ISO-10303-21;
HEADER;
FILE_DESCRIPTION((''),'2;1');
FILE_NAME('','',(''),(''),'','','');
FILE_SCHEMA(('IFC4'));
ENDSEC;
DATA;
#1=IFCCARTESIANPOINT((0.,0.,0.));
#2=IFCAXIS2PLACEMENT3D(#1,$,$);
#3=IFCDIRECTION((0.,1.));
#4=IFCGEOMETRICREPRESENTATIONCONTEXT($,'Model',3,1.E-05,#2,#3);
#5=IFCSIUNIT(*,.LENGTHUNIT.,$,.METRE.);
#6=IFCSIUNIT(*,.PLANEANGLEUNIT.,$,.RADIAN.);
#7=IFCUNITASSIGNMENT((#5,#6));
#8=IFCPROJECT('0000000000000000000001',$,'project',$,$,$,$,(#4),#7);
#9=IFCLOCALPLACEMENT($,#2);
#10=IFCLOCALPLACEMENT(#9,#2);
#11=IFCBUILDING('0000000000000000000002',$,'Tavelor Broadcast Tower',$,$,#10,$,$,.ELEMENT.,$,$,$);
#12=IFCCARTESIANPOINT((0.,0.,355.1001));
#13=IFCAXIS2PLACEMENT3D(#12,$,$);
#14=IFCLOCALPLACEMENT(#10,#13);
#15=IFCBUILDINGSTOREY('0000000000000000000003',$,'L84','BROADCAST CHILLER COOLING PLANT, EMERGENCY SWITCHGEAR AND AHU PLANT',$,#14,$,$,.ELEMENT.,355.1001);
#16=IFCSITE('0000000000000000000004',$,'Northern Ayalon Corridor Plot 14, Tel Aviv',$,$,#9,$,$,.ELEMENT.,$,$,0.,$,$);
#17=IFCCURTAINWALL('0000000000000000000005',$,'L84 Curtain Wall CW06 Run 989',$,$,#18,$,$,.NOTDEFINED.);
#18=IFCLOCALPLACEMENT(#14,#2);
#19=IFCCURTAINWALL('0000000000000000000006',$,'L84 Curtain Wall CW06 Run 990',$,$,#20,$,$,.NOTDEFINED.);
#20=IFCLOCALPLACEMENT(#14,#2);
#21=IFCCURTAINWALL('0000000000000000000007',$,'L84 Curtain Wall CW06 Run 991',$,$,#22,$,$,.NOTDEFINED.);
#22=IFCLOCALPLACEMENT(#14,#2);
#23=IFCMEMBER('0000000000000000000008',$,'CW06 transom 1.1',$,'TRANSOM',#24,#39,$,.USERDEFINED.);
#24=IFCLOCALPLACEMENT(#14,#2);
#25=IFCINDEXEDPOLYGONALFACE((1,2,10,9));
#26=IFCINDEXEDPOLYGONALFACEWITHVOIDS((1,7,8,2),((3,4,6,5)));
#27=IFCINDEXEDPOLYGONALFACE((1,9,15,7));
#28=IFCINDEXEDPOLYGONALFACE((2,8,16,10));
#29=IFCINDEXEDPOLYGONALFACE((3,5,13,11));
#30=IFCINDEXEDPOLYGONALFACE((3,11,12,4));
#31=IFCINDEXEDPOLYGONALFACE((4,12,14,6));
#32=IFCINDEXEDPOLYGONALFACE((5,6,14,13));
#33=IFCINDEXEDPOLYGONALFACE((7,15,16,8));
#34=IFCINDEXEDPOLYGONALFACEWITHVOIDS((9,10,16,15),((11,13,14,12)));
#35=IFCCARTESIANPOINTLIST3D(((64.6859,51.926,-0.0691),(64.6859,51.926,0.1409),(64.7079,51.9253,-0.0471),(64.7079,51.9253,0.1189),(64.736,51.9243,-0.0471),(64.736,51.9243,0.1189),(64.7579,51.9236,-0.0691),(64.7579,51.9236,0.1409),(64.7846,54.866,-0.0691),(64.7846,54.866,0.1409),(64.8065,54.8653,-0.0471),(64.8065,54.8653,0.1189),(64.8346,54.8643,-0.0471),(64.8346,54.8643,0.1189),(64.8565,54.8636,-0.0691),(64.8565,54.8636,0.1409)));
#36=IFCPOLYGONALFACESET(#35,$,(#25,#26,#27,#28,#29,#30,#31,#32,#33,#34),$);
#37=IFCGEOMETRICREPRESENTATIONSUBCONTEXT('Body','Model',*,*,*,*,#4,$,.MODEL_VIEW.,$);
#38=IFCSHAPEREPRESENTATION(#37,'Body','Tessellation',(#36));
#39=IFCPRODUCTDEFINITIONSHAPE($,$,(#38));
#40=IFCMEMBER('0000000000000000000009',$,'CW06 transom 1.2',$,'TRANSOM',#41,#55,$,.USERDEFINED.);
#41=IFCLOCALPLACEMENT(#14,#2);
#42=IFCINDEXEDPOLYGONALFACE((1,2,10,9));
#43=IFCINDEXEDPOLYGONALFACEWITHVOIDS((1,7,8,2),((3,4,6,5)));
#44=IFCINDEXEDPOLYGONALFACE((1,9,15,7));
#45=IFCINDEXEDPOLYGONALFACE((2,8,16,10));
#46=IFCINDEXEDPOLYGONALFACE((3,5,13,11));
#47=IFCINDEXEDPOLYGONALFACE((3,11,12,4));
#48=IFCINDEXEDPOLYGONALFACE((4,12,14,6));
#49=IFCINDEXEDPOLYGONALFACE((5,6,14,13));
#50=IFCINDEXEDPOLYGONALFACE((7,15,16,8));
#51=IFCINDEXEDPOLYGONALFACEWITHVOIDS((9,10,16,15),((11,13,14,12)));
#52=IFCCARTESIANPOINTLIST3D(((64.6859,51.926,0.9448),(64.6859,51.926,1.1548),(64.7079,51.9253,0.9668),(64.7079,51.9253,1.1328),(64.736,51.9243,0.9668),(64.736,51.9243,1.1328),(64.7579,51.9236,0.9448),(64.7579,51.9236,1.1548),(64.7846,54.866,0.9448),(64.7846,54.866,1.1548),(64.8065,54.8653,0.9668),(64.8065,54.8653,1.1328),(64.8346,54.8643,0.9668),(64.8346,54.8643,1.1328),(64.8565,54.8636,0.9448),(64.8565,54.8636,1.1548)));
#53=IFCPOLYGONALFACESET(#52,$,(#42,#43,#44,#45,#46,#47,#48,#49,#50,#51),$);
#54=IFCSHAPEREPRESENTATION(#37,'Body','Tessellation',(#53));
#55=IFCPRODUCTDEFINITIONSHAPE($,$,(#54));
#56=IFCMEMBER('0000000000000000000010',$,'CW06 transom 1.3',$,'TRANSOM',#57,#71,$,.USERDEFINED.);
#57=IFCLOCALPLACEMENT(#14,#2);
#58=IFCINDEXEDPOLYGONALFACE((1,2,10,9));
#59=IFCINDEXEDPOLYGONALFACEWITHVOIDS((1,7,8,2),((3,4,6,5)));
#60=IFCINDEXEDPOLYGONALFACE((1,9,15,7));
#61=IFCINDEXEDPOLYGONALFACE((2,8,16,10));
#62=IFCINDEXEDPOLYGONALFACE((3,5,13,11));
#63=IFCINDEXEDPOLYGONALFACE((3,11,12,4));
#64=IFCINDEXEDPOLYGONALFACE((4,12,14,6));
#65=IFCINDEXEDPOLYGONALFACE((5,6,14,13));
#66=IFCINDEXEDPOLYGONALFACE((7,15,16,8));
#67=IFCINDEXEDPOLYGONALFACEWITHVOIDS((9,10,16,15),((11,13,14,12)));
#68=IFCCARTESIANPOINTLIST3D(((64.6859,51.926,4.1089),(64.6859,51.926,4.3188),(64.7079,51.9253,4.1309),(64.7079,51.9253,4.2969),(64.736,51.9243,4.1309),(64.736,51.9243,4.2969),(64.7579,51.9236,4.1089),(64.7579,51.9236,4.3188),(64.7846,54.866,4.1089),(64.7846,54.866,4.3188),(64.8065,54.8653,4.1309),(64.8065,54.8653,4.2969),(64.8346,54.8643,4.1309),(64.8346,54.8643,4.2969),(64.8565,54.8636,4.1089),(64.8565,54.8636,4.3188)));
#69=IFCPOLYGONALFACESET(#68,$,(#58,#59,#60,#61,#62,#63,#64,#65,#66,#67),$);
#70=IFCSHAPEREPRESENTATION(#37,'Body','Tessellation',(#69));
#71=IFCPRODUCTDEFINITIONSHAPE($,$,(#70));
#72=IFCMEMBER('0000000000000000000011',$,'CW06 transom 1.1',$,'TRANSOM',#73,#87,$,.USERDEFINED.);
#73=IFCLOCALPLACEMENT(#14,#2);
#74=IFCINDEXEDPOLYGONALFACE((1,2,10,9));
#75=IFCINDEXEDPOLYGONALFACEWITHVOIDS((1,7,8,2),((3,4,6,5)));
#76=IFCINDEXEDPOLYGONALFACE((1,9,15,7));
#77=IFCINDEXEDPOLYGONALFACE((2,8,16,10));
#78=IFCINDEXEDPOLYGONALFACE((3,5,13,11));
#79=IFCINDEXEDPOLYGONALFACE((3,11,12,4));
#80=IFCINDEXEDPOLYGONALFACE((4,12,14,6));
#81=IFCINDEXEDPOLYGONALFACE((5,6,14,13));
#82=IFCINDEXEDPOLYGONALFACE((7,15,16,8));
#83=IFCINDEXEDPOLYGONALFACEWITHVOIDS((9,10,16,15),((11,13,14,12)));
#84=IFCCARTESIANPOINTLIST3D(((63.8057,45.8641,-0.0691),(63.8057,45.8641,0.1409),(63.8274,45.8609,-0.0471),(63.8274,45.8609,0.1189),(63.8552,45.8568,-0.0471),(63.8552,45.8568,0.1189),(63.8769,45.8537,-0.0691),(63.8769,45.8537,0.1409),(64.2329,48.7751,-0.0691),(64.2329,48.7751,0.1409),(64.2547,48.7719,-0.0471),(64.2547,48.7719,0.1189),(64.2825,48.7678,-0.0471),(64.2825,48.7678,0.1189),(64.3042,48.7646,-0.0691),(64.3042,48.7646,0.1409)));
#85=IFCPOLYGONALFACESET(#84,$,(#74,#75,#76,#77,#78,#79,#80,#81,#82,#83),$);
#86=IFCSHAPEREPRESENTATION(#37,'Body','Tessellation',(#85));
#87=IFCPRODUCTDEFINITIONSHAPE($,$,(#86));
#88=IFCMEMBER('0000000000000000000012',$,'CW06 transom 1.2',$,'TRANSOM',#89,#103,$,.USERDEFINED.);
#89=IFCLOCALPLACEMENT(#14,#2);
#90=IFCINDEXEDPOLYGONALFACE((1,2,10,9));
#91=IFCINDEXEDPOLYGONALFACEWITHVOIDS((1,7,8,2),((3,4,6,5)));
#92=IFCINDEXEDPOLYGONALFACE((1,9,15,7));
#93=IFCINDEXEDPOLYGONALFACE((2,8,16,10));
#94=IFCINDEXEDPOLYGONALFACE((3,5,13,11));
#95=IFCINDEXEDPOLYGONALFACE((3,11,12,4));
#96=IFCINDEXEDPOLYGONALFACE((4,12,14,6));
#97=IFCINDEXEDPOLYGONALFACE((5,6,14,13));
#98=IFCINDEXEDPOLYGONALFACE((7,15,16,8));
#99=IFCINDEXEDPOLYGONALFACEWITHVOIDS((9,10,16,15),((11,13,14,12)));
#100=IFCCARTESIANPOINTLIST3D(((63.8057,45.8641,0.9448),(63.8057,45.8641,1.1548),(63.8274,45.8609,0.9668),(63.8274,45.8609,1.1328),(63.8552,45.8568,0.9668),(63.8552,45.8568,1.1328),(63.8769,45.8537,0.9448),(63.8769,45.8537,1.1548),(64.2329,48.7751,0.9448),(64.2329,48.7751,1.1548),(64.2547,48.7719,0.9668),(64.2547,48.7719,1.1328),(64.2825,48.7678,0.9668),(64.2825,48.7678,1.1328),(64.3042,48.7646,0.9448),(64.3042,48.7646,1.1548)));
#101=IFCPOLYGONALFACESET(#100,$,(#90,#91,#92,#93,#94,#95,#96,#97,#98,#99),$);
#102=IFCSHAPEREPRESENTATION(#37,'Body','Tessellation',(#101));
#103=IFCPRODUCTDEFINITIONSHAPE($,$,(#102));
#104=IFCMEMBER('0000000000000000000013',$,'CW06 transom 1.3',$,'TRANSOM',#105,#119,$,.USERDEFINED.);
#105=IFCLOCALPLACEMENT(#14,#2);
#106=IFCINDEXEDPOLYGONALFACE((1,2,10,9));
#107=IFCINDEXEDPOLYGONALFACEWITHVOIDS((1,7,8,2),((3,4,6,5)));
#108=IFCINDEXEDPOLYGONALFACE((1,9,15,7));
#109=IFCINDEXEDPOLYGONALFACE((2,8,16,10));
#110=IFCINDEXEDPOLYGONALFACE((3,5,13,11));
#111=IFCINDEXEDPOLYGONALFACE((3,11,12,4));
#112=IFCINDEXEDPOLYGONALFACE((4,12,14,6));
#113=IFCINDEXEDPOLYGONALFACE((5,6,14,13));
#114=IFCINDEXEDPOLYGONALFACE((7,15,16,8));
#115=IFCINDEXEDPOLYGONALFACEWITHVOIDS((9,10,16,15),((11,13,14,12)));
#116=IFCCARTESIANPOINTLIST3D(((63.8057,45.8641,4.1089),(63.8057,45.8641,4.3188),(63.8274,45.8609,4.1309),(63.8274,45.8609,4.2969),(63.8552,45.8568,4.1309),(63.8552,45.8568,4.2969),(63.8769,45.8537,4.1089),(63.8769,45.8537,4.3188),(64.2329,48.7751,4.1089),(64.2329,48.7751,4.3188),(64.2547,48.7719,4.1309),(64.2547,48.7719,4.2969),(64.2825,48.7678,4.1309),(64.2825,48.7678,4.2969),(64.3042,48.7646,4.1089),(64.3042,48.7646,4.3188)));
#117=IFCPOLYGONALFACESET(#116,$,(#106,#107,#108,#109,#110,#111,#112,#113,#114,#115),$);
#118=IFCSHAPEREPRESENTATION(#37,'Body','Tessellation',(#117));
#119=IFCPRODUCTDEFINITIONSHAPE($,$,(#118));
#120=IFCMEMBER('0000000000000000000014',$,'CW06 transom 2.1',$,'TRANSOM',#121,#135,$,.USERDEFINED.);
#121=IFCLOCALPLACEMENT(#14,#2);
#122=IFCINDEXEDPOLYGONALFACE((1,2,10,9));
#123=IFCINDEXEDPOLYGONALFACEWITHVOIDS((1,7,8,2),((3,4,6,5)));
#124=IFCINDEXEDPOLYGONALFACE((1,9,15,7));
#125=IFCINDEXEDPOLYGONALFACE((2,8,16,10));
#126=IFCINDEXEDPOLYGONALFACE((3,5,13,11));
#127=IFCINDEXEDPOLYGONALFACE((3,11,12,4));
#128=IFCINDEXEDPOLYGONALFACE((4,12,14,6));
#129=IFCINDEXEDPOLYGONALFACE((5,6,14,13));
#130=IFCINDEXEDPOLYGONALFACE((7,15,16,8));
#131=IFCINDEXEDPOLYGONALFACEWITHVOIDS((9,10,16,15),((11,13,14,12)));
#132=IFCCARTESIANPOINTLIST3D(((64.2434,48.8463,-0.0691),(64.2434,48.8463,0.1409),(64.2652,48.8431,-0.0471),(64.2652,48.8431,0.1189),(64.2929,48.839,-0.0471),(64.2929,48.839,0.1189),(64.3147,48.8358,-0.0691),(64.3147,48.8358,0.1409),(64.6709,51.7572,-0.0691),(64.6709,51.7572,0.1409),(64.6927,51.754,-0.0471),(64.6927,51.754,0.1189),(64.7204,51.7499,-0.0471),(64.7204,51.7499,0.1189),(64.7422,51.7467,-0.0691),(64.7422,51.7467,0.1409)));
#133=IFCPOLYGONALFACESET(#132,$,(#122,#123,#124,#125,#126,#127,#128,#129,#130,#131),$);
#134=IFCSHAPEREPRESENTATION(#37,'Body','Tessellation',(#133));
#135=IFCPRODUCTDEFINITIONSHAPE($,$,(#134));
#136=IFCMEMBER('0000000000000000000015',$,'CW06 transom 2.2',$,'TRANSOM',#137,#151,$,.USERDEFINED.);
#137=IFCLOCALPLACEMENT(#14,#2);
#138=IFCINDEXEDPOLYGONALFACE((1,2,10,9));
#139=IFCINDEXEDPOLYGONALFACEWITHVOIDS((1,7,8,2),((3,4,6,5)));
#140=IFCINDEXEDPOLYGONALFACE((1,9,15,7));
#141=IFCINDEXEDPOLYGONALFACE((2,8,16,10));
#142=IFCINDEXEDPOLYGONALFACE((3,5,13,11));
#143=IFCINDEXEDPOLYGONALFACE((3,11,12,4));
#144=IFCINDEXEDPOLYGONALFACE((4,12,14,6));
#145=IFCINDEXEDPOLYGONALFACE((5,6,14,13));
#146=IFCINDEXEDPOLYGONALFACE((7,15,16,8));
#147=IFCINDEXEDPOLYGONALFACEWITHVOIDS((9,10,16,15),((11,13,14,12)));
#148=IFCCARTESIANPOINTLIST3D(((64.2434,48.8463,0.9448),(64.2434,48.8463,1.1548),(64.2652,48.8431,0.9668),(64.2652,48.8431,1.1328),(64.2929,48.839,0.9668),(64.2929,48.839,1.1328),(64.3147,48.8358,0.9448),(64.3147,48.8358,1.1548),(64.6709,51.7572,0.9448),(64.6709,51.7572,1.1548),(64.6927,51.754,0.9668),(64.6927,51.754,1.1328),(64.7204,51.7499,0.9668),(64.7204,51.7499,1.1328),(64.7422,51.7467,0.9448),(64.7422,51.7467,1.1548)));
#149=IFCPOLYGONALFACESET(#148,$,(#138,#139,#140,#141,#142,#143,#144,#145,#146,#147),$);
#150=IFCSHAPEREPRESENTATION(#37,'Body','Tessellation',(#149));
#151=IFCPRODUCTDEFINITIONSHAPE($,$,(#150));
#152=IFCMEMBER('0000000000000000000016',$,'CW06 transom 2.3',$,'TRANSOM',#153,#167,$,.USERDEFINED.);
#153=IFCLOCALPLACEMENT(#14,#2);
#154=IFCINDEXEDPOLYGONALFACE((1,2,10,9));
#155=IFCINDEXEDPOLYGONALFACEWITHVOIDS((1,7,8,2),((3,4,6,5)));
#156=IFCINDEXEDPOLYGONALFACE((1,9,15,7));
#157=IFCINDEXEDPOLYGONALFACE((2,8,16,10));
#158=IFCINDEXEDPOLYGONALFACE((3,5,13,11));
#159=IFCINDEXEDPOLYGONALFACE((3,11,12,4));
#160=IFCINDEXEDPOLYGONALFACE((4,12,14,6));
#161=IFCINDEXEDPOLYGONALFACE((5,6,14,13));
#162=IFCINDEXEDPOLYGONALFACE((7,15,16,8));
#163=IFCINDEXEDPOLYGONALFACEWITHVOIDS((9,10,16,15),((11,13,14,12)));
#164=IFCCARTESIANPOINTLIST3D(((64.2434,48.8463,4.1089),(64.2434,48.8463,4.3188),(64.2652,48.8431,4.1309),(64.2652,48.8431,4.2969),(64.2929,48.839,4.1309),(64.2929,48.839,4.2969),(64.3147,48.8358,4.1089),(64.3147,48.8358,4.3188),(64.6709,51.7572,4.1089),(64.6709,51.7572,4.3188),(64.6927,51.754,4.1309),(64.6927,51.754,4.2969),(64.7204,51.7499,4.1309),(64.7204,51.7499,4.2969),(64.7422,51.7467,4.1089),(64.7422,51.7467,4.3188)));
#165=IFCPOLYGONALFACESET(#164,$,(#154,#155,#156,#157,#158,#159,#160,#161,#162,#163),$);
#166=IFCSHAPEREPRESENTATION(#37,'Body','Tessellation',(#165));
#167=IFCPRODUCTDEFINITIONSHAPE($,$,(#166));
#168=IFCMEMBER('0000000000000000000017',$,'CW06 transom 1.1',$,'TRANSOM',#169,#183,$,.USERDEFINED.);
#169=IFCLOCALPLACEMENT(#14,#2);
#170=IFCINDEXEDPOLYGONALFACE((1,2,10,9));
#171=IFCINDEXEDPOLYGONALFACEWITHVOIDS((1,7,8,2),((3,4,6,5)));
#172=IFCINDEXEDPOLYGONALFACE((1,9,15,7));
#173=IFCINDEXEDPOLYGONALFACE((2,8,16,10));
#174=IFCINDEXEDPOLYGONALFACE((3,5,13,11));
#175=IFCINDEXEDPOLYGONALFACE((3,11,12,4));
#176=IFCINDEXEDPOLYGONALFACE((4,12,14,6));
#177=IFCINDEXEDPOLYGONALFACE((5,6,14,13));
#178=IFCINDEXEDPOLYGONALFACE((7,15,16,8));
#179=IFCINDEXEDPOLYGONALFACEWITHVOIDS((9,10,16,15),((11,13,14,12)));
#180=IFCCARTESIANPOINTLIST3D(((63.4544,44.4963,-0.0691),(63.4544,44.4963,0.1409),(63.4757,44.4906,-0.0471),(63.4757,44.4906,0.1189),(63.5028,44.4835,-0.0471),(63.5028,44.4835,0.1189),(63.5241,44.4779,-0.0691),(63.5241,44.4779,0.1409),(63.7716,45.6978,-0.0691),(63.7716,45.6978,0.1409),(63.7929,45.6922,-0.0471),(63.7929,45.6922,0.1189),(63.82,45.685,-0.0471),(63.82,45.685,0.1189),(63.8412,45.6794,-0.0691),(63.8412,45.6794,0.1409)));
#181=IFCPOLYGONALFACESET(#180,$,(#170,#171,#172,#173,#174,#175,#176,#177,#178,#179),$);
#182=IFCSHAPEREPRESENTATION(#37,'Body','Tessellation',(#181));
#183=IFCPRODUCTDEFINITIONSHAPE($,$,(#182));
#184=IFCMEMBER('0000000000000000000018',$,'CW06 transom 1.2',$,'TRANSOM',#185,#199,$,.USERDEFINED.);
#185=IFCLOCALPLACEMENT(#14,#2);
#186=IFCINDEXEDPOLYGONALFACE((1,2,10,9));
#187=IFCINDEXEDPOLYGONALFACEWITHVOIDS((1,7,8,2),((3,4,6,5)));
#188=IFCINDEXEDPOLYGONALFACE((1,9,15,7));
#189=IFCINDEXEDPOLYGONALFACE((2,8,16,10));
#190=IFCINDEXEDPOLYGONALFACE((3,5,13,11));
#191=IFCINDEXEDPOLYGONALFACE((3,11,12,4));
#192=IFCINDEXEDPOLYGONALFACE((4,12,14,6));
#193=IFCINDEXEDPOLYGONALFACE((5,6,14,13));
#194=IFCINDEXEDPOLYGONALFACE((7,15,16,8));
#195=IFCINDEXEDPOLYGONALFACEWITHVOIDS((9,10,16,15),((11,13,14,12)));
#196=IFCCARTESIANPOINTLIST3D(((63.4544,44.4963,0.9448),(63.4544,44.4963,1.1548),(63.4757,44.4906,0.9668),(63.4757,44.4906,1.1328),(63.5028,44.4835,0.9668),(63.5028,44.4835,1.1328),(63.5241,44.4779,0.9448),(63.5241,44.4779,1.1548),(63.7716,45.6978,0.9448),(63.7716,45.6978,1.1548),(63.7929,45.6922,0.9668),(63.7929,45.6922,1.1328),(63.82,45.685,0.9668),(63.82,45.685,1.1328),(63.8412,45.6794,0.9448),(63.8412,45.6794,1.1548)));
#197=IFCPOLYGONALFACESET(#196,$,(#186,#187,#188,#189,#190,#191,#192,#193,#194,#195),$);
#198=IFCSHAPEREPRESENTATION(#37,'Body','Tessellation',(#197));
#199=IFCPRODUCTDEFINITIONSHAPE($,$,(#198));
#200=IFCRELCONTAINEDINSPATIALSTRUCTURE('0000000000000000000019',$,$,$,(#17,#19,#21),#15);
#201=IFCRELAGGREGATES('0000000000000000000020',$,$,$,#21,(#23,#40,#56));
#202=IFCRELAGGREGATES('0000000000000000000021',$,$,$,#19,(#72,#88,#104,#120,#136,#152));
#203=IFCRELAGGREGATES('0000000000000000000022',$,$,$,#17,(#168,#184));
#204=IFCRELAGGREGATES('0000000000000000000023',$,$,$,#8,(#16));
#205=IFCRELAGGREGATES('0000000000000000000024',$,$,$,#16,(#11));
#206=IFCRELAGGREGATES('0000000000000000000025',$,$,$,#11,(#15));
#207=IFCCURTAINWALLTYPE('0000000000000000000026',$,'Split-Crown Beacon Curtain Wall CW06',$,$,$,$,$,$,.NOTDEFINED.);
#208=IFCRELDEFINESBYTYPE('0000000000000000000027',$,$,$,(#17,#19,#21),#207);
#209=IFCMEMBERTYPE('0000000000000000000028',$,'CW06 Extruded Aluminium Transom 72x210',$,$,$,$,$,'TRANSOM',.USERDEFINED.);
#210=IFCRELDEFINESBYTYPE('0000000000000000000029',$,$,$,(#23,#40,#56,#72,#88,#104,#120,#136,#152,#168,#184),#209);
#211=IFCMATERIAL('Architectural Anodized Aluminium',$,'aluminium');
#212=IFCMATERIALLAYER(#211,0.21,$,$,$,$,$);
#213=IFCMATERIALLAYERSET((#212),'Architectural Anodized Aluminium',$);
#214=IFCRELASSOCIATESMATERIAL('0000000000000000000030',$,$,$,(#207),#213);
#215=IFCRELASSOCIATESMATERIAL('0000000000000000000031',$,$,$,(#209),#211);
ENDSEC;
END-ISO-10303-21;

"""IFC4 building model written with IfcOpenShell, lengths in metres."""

from ifc_helpers import new_model, si_unit, direction, frame, origin, origin_2d, place, context, subcontext, project, spatial, hollow_rectangle, extrude, source, transform, mapped, material, layer, layer_set, material_profile, profile_set, type_object, type_shapes, element, aggregate, save


model = new_model("IFC4")

# Units and contexts
model_context = context("Model", 3, precision=1e-05, world=origin(), true_north=direction((0.0, 1.0)))
body_context = subcontext(model_context, "Body", "Model", "MODEL_VIEW")
ifc_project = project(units=[si_unit("LENGTHUNIT", "METRE"), si_unit("PLANEANGLEUNIT", "RADIAN")], contexts=[model_context])

# Site, building, storey
site_placement = place(None, origin())
site = spatial("IfcSite", under=ifc_project, at=site_placement, Name="Northern Ayalon Corridor Plot 14, Tel Aviv", CompositionType="ELEMENT", RefElevation=0.0)
building_placement = place(site_placement, origin())
building = spatial("IfcBuilding", under=site, at=building_placement, Name="Tavelor Broadcast Tower", CompositionType="ELEMENT")
storey_placement = place(building_placement, frame((0.0, 0.0, 355.1001)))
storey = spatial("IfcBuildingStorey", under=building, at=storey_placement, Name="L84", Description="BROADCAST CHILLER COOLING PLANT, EMERGENCY SWITCHGEAR AND AHU PLANT", CompositionType="ELEMENT", Elevation=355.1001)

# Curtain walls, members
ifc_material_1 = material(Name="Architectural Anodized Aluminium", Category="aluminium")
ifc_layer_1 = layer(ifc_material_1, 0.21)
ifc_layer_set_1 = layer_set([ifc_layer_1], Name="Architectural Anodized Aluminium")
curtain_wall_type = type_object("IfcCurtainWallType", Name="Split-Crown Beacon Curtain Wall CW06", PredefinedType="NOTDEFINED", material=ifc_layer_set_1)
curtain_wall_1_placement = place(storey_placement, origin())
curtain_wall_1 = element("IfcCurtainWall", 1, at=curtain_wall_1_placement, inside=storey, type_object=curtain_wall_type, Name="L84 Curtain Wall CW06 Run 989", PredefinedType="NOTDEFINED")
curtain_wall_2_placement = place(storey_placement, origin())
curtain_wall_2 = element("IfcCurtainWall", 2, at=curtain_wall_2_placement, inside=storey, type_object=curtain_wall_type, Name="L84 Curtain Wall CW06 Run 990", PredefinedType="NOTDEFINED")
curtain_wall_3_placement = place(storey_placement, origin())
curtain_wall_3 = element("IfcCurtainWall", 3, at=curtain_wall_3_placement, inside=storey, type_object=curtain_wall_type, Name="L84 Curtain Wall CW06 Run 991", PredefinedType="NOTDEFINED")
ifc_material_profile_1 = material_profile(ifc_material_1, hollow_rectangle(XDim=0.072, YDim=0.21, WallThickness=0.022, at=origin_2d()), Name="RHS 72x210x22")
ifc_profile_set_1 = profile_set([ifc_material_profile_1], Name="Architectural Anodized Aluminium")
member_type_1 = type_object("IfcMemberType", Name="CW06 Extruded Aluminium Transom 72x210", ElementType="TRANSOM", PredefinedType="USERDEFINED", material=ifc_profile_set_1)
shared_shape_1 = source(origin(), body_context, "Body", "SweptSolid", [
    extrude(hollow_rectangle(XDim=0.072, YDim=0.21, WallThickness=0.022, at=origin_2d()), origin(), (0.0, 0.0, 1.0), 2.9417),
])
member_1_placement = place(storey_placement, frame((64.7219, 51.9248, 0.0359), z_axis=(0.03353, 0.999438, 0.0), x_axis=(-0.999438, 0.03353, 0.0)))
member_1 = element("IfcMember", 4, at=member_1_placement, type_object=member_type_1, Name="CW06 transom 1.1", ObjectType="TRANSOM", PredefinedType="USERDEFINED", context=body_context, shape_type="MappedRepresentation", body=[
    mapped(shared_shape_1, transform((0.0, 0.0, 0.0), scale=1.0)),
])
member_2_placement = place(storey_placement, frame((64.7219, 51.9248, 1.0498), z_axis=(0.03353, 0.999438, 0.0), x_axis=(-0.999438, 0.03353, 0.0)))
member_2 = element("IfcMember", 5, at=member_2_placement, type_object=member_type_1, Name="CW06 transom 1.2", ObjectType="TRANSOM", PredefinedType="USERDEFINED", context=body_context, shape_type="MappedRepresentation", body=[
    mapped(shared_shape_1, transform((0.0, 0.0, 0.0), scale=1.0)),
])
member_3_placement = place(storey_placement, frame((64.7219, 51.9248, 4.2139), z_axis=(0.03353, 0.999438, 0.0), x_axis=(-0.999438, 0.03353, 0.0)))
member_3 = element("IfcMember", 6, at=member_3_placement, type_object=member_type_1, Name="CW06 transom 1.3", ObjectType="TRANSOM", PredefinedType="USERDEFINED", context=body_context, shape_type="MappedRepresentation", body=[
    mapped(shared_shape_1, transform((0.0, 0.0, 0.0), scale=1.0)),
])

# Members
shared_shape_2 = source(origin(), body_context, "Body", "SweptSolid", [
    extrude(hollow_rectangle(XDim=0.072, YDim=0.21, WallThickness=0.022, at=origin_2d()), origin(), (0.0, 0.0, 1.0), 2.9421),
])
member_4_placement = place(storey_placement, frame((63.8413, 45.8589, 0.0359), z_axis=(0.145219, 0.989399, 0.0), x_axis=(-0.989399, 0.145219, 0.0)))
member_4 = element("IfcMember", 7, at=member_4_placement, type_object=member_type_1, Name="CW06 transom 1.1", ObjectType="TRANSOM", PredefinedType="USERDEFINED", context=body_context, shape_type="MappedRepresentation", body=[
    mapped(shared_shape_2, transform((0.0, 0.0, 0.0), scale=1.0)),
])
member_5_placement = place(storey_placement, frame((63.8413, 45.8589, 1.0498), z_axis=(0.145219, 0.989399, 0.0), x_axis=(-0.989399, 0.145219, 0.0)))
member_5 = element("IfcMember", 8, at=member_5_placement, type_object=member_type_1, Name="CW06 transom 1.2", ObjectType="TRANSOM", PredefinedType="USERDEFINED", context=body_context, shape_type="MappedRepresentation", body=[
    mapped(shared_shape_2, transform((0.0, 0.0, 0.0), scale=1.0)),
])
member_6_placement = place(storey_placement, frame((63.8413, 45.8589, 4.2139), z_axis=(0.145219, 0.989399, 0.0), x_axis=(-0.989399, 0.145219, 0.0)))
member_6 = element("IfcMember", 9, at=member_6_placement, type_object=member_type_1, Name="CW06 transom 1.3", ObjectType="TRANSOM", PredefinedType="USERDEFINED", context=body_context, shape_type="MappedRepresentation", body=[
    mapped(shared_shape_2, transform((0.0, 0.0, 0.0), scale=1.0)),
])
member_7_placement = place(storey_placement, frame((64.2791, 48.8411, 0.0359), z_axis=(0.1453, 0.989388, 0.0), x_axis=(-0.989388, 0.1453, 0.0)))
member_7 = element("IfcMember", 10, at=member_7_placement, type_object=member_type_1, Name="CW06 transom 2.1", ObjectType="TRANSOM", PredefinedType="USERDEFINED", context=body_context, shape_type="MappedRepresentation", body=[
    mapped(shared_shape_2, transform((0.0, 0.0, 0.0), scale=1.0)),
])
member_8_placement = place(storey_placement, frame((64.2791, 48.8411, 1.0498), z_axis=(0.1453, 0.989388, 0.0), x_axis=(-0.989388, 0.1453, 0.0)))
member_8 = element("IfcMember", 11, at=member_8_placement, type_object=member_type_1, Name="CW06 transom 2.2", ObjectType="TRANSOM", PredefinedType="USERDEFINED", context=body_context, shape_type="MappedRepresentation", body=[
    mapped(shared_shape_2, transform((0.0, 0.0, 0.0), scale=1.0)),
])
member_9_placement = place(storey_placement, frame((64.2791, 48.8411, 4.2139), z_axis=(0.1453, 0.989388, 0.0), x_axis=(-0.989388, 0.1453, 0.0)))
member_9 = element("IfcMember", 12, at=member_9_placement, type_object=member_type_1, Name="CW06 transom 2.3", ObjectType="TRANSOM", PredefinedType="USERDEFINED", context=body_context, shape_type="MappedRepresentation", body=[
    mapped(shared_shape_2, transform((0.0, 0.0, 0.0), scale=1.0)),
])
shared_shape_3 = source(origin(), body_context, "Body", "SweptSolid", [
    extrude(hollow_rectangle(XDim=0.072, YDim=0.21, WallThickness=0.022, at=origin_2d()), origin(), (0.0, 0.0, 1.0), 1.2427),
])
type_shapes(member_type_1, [shared_shape_1, shared_shape_2, shared_shape_3])
member_10_placement = place(storey_placement, frame((63.4893, 44.4871, 0.0359), z_axis=(0.255228, 0.966881, 0.0), x_axis=(-0.966881, 0.255228, 0.0)))
member_10 = element("IfcMember", 13, at=member_10_placement, type_object=member_type_1, Name="CW06 transom 1.1", ObjectType="TRANSOM", PredefinedType="USERDEFINED", context=body_context, shape_type="MappedRepresentation", body=[
    mapped(shared_shape_3, transform((0.0, 0.0, 0.0), scale=1.0)),
])
member_11_placement = place(storey_placement, frame((63.4893, 44.4871, 1.0498), z_axis=(0.255228, 0.966881, 0.0), x_axis=(-0.966881, 0.255228, 0.0)))
member_11 = element("IfcMember", 14, at=member_11_placement, type_object=member_type_1, Name="CW06 transom 1.2", ObjectType="TRANSOM", PredefinedType="USERDEFINED", context=body_context, shape_type="MappedRepresentation", body=[
    mapped(shared_shape_3, transform((0.0, 0.0, 0.0), scale=1.0)),
])

aggregate(curtain_wall_3, [member_1, member_2, member_3])
aggregate(curtain_wall_2, [member_4, member_5, member_6, member_7, member_8, member_9])
aggregate(curtain_wall_1, [member_10, member_11])

save(model, "model.ifc")
